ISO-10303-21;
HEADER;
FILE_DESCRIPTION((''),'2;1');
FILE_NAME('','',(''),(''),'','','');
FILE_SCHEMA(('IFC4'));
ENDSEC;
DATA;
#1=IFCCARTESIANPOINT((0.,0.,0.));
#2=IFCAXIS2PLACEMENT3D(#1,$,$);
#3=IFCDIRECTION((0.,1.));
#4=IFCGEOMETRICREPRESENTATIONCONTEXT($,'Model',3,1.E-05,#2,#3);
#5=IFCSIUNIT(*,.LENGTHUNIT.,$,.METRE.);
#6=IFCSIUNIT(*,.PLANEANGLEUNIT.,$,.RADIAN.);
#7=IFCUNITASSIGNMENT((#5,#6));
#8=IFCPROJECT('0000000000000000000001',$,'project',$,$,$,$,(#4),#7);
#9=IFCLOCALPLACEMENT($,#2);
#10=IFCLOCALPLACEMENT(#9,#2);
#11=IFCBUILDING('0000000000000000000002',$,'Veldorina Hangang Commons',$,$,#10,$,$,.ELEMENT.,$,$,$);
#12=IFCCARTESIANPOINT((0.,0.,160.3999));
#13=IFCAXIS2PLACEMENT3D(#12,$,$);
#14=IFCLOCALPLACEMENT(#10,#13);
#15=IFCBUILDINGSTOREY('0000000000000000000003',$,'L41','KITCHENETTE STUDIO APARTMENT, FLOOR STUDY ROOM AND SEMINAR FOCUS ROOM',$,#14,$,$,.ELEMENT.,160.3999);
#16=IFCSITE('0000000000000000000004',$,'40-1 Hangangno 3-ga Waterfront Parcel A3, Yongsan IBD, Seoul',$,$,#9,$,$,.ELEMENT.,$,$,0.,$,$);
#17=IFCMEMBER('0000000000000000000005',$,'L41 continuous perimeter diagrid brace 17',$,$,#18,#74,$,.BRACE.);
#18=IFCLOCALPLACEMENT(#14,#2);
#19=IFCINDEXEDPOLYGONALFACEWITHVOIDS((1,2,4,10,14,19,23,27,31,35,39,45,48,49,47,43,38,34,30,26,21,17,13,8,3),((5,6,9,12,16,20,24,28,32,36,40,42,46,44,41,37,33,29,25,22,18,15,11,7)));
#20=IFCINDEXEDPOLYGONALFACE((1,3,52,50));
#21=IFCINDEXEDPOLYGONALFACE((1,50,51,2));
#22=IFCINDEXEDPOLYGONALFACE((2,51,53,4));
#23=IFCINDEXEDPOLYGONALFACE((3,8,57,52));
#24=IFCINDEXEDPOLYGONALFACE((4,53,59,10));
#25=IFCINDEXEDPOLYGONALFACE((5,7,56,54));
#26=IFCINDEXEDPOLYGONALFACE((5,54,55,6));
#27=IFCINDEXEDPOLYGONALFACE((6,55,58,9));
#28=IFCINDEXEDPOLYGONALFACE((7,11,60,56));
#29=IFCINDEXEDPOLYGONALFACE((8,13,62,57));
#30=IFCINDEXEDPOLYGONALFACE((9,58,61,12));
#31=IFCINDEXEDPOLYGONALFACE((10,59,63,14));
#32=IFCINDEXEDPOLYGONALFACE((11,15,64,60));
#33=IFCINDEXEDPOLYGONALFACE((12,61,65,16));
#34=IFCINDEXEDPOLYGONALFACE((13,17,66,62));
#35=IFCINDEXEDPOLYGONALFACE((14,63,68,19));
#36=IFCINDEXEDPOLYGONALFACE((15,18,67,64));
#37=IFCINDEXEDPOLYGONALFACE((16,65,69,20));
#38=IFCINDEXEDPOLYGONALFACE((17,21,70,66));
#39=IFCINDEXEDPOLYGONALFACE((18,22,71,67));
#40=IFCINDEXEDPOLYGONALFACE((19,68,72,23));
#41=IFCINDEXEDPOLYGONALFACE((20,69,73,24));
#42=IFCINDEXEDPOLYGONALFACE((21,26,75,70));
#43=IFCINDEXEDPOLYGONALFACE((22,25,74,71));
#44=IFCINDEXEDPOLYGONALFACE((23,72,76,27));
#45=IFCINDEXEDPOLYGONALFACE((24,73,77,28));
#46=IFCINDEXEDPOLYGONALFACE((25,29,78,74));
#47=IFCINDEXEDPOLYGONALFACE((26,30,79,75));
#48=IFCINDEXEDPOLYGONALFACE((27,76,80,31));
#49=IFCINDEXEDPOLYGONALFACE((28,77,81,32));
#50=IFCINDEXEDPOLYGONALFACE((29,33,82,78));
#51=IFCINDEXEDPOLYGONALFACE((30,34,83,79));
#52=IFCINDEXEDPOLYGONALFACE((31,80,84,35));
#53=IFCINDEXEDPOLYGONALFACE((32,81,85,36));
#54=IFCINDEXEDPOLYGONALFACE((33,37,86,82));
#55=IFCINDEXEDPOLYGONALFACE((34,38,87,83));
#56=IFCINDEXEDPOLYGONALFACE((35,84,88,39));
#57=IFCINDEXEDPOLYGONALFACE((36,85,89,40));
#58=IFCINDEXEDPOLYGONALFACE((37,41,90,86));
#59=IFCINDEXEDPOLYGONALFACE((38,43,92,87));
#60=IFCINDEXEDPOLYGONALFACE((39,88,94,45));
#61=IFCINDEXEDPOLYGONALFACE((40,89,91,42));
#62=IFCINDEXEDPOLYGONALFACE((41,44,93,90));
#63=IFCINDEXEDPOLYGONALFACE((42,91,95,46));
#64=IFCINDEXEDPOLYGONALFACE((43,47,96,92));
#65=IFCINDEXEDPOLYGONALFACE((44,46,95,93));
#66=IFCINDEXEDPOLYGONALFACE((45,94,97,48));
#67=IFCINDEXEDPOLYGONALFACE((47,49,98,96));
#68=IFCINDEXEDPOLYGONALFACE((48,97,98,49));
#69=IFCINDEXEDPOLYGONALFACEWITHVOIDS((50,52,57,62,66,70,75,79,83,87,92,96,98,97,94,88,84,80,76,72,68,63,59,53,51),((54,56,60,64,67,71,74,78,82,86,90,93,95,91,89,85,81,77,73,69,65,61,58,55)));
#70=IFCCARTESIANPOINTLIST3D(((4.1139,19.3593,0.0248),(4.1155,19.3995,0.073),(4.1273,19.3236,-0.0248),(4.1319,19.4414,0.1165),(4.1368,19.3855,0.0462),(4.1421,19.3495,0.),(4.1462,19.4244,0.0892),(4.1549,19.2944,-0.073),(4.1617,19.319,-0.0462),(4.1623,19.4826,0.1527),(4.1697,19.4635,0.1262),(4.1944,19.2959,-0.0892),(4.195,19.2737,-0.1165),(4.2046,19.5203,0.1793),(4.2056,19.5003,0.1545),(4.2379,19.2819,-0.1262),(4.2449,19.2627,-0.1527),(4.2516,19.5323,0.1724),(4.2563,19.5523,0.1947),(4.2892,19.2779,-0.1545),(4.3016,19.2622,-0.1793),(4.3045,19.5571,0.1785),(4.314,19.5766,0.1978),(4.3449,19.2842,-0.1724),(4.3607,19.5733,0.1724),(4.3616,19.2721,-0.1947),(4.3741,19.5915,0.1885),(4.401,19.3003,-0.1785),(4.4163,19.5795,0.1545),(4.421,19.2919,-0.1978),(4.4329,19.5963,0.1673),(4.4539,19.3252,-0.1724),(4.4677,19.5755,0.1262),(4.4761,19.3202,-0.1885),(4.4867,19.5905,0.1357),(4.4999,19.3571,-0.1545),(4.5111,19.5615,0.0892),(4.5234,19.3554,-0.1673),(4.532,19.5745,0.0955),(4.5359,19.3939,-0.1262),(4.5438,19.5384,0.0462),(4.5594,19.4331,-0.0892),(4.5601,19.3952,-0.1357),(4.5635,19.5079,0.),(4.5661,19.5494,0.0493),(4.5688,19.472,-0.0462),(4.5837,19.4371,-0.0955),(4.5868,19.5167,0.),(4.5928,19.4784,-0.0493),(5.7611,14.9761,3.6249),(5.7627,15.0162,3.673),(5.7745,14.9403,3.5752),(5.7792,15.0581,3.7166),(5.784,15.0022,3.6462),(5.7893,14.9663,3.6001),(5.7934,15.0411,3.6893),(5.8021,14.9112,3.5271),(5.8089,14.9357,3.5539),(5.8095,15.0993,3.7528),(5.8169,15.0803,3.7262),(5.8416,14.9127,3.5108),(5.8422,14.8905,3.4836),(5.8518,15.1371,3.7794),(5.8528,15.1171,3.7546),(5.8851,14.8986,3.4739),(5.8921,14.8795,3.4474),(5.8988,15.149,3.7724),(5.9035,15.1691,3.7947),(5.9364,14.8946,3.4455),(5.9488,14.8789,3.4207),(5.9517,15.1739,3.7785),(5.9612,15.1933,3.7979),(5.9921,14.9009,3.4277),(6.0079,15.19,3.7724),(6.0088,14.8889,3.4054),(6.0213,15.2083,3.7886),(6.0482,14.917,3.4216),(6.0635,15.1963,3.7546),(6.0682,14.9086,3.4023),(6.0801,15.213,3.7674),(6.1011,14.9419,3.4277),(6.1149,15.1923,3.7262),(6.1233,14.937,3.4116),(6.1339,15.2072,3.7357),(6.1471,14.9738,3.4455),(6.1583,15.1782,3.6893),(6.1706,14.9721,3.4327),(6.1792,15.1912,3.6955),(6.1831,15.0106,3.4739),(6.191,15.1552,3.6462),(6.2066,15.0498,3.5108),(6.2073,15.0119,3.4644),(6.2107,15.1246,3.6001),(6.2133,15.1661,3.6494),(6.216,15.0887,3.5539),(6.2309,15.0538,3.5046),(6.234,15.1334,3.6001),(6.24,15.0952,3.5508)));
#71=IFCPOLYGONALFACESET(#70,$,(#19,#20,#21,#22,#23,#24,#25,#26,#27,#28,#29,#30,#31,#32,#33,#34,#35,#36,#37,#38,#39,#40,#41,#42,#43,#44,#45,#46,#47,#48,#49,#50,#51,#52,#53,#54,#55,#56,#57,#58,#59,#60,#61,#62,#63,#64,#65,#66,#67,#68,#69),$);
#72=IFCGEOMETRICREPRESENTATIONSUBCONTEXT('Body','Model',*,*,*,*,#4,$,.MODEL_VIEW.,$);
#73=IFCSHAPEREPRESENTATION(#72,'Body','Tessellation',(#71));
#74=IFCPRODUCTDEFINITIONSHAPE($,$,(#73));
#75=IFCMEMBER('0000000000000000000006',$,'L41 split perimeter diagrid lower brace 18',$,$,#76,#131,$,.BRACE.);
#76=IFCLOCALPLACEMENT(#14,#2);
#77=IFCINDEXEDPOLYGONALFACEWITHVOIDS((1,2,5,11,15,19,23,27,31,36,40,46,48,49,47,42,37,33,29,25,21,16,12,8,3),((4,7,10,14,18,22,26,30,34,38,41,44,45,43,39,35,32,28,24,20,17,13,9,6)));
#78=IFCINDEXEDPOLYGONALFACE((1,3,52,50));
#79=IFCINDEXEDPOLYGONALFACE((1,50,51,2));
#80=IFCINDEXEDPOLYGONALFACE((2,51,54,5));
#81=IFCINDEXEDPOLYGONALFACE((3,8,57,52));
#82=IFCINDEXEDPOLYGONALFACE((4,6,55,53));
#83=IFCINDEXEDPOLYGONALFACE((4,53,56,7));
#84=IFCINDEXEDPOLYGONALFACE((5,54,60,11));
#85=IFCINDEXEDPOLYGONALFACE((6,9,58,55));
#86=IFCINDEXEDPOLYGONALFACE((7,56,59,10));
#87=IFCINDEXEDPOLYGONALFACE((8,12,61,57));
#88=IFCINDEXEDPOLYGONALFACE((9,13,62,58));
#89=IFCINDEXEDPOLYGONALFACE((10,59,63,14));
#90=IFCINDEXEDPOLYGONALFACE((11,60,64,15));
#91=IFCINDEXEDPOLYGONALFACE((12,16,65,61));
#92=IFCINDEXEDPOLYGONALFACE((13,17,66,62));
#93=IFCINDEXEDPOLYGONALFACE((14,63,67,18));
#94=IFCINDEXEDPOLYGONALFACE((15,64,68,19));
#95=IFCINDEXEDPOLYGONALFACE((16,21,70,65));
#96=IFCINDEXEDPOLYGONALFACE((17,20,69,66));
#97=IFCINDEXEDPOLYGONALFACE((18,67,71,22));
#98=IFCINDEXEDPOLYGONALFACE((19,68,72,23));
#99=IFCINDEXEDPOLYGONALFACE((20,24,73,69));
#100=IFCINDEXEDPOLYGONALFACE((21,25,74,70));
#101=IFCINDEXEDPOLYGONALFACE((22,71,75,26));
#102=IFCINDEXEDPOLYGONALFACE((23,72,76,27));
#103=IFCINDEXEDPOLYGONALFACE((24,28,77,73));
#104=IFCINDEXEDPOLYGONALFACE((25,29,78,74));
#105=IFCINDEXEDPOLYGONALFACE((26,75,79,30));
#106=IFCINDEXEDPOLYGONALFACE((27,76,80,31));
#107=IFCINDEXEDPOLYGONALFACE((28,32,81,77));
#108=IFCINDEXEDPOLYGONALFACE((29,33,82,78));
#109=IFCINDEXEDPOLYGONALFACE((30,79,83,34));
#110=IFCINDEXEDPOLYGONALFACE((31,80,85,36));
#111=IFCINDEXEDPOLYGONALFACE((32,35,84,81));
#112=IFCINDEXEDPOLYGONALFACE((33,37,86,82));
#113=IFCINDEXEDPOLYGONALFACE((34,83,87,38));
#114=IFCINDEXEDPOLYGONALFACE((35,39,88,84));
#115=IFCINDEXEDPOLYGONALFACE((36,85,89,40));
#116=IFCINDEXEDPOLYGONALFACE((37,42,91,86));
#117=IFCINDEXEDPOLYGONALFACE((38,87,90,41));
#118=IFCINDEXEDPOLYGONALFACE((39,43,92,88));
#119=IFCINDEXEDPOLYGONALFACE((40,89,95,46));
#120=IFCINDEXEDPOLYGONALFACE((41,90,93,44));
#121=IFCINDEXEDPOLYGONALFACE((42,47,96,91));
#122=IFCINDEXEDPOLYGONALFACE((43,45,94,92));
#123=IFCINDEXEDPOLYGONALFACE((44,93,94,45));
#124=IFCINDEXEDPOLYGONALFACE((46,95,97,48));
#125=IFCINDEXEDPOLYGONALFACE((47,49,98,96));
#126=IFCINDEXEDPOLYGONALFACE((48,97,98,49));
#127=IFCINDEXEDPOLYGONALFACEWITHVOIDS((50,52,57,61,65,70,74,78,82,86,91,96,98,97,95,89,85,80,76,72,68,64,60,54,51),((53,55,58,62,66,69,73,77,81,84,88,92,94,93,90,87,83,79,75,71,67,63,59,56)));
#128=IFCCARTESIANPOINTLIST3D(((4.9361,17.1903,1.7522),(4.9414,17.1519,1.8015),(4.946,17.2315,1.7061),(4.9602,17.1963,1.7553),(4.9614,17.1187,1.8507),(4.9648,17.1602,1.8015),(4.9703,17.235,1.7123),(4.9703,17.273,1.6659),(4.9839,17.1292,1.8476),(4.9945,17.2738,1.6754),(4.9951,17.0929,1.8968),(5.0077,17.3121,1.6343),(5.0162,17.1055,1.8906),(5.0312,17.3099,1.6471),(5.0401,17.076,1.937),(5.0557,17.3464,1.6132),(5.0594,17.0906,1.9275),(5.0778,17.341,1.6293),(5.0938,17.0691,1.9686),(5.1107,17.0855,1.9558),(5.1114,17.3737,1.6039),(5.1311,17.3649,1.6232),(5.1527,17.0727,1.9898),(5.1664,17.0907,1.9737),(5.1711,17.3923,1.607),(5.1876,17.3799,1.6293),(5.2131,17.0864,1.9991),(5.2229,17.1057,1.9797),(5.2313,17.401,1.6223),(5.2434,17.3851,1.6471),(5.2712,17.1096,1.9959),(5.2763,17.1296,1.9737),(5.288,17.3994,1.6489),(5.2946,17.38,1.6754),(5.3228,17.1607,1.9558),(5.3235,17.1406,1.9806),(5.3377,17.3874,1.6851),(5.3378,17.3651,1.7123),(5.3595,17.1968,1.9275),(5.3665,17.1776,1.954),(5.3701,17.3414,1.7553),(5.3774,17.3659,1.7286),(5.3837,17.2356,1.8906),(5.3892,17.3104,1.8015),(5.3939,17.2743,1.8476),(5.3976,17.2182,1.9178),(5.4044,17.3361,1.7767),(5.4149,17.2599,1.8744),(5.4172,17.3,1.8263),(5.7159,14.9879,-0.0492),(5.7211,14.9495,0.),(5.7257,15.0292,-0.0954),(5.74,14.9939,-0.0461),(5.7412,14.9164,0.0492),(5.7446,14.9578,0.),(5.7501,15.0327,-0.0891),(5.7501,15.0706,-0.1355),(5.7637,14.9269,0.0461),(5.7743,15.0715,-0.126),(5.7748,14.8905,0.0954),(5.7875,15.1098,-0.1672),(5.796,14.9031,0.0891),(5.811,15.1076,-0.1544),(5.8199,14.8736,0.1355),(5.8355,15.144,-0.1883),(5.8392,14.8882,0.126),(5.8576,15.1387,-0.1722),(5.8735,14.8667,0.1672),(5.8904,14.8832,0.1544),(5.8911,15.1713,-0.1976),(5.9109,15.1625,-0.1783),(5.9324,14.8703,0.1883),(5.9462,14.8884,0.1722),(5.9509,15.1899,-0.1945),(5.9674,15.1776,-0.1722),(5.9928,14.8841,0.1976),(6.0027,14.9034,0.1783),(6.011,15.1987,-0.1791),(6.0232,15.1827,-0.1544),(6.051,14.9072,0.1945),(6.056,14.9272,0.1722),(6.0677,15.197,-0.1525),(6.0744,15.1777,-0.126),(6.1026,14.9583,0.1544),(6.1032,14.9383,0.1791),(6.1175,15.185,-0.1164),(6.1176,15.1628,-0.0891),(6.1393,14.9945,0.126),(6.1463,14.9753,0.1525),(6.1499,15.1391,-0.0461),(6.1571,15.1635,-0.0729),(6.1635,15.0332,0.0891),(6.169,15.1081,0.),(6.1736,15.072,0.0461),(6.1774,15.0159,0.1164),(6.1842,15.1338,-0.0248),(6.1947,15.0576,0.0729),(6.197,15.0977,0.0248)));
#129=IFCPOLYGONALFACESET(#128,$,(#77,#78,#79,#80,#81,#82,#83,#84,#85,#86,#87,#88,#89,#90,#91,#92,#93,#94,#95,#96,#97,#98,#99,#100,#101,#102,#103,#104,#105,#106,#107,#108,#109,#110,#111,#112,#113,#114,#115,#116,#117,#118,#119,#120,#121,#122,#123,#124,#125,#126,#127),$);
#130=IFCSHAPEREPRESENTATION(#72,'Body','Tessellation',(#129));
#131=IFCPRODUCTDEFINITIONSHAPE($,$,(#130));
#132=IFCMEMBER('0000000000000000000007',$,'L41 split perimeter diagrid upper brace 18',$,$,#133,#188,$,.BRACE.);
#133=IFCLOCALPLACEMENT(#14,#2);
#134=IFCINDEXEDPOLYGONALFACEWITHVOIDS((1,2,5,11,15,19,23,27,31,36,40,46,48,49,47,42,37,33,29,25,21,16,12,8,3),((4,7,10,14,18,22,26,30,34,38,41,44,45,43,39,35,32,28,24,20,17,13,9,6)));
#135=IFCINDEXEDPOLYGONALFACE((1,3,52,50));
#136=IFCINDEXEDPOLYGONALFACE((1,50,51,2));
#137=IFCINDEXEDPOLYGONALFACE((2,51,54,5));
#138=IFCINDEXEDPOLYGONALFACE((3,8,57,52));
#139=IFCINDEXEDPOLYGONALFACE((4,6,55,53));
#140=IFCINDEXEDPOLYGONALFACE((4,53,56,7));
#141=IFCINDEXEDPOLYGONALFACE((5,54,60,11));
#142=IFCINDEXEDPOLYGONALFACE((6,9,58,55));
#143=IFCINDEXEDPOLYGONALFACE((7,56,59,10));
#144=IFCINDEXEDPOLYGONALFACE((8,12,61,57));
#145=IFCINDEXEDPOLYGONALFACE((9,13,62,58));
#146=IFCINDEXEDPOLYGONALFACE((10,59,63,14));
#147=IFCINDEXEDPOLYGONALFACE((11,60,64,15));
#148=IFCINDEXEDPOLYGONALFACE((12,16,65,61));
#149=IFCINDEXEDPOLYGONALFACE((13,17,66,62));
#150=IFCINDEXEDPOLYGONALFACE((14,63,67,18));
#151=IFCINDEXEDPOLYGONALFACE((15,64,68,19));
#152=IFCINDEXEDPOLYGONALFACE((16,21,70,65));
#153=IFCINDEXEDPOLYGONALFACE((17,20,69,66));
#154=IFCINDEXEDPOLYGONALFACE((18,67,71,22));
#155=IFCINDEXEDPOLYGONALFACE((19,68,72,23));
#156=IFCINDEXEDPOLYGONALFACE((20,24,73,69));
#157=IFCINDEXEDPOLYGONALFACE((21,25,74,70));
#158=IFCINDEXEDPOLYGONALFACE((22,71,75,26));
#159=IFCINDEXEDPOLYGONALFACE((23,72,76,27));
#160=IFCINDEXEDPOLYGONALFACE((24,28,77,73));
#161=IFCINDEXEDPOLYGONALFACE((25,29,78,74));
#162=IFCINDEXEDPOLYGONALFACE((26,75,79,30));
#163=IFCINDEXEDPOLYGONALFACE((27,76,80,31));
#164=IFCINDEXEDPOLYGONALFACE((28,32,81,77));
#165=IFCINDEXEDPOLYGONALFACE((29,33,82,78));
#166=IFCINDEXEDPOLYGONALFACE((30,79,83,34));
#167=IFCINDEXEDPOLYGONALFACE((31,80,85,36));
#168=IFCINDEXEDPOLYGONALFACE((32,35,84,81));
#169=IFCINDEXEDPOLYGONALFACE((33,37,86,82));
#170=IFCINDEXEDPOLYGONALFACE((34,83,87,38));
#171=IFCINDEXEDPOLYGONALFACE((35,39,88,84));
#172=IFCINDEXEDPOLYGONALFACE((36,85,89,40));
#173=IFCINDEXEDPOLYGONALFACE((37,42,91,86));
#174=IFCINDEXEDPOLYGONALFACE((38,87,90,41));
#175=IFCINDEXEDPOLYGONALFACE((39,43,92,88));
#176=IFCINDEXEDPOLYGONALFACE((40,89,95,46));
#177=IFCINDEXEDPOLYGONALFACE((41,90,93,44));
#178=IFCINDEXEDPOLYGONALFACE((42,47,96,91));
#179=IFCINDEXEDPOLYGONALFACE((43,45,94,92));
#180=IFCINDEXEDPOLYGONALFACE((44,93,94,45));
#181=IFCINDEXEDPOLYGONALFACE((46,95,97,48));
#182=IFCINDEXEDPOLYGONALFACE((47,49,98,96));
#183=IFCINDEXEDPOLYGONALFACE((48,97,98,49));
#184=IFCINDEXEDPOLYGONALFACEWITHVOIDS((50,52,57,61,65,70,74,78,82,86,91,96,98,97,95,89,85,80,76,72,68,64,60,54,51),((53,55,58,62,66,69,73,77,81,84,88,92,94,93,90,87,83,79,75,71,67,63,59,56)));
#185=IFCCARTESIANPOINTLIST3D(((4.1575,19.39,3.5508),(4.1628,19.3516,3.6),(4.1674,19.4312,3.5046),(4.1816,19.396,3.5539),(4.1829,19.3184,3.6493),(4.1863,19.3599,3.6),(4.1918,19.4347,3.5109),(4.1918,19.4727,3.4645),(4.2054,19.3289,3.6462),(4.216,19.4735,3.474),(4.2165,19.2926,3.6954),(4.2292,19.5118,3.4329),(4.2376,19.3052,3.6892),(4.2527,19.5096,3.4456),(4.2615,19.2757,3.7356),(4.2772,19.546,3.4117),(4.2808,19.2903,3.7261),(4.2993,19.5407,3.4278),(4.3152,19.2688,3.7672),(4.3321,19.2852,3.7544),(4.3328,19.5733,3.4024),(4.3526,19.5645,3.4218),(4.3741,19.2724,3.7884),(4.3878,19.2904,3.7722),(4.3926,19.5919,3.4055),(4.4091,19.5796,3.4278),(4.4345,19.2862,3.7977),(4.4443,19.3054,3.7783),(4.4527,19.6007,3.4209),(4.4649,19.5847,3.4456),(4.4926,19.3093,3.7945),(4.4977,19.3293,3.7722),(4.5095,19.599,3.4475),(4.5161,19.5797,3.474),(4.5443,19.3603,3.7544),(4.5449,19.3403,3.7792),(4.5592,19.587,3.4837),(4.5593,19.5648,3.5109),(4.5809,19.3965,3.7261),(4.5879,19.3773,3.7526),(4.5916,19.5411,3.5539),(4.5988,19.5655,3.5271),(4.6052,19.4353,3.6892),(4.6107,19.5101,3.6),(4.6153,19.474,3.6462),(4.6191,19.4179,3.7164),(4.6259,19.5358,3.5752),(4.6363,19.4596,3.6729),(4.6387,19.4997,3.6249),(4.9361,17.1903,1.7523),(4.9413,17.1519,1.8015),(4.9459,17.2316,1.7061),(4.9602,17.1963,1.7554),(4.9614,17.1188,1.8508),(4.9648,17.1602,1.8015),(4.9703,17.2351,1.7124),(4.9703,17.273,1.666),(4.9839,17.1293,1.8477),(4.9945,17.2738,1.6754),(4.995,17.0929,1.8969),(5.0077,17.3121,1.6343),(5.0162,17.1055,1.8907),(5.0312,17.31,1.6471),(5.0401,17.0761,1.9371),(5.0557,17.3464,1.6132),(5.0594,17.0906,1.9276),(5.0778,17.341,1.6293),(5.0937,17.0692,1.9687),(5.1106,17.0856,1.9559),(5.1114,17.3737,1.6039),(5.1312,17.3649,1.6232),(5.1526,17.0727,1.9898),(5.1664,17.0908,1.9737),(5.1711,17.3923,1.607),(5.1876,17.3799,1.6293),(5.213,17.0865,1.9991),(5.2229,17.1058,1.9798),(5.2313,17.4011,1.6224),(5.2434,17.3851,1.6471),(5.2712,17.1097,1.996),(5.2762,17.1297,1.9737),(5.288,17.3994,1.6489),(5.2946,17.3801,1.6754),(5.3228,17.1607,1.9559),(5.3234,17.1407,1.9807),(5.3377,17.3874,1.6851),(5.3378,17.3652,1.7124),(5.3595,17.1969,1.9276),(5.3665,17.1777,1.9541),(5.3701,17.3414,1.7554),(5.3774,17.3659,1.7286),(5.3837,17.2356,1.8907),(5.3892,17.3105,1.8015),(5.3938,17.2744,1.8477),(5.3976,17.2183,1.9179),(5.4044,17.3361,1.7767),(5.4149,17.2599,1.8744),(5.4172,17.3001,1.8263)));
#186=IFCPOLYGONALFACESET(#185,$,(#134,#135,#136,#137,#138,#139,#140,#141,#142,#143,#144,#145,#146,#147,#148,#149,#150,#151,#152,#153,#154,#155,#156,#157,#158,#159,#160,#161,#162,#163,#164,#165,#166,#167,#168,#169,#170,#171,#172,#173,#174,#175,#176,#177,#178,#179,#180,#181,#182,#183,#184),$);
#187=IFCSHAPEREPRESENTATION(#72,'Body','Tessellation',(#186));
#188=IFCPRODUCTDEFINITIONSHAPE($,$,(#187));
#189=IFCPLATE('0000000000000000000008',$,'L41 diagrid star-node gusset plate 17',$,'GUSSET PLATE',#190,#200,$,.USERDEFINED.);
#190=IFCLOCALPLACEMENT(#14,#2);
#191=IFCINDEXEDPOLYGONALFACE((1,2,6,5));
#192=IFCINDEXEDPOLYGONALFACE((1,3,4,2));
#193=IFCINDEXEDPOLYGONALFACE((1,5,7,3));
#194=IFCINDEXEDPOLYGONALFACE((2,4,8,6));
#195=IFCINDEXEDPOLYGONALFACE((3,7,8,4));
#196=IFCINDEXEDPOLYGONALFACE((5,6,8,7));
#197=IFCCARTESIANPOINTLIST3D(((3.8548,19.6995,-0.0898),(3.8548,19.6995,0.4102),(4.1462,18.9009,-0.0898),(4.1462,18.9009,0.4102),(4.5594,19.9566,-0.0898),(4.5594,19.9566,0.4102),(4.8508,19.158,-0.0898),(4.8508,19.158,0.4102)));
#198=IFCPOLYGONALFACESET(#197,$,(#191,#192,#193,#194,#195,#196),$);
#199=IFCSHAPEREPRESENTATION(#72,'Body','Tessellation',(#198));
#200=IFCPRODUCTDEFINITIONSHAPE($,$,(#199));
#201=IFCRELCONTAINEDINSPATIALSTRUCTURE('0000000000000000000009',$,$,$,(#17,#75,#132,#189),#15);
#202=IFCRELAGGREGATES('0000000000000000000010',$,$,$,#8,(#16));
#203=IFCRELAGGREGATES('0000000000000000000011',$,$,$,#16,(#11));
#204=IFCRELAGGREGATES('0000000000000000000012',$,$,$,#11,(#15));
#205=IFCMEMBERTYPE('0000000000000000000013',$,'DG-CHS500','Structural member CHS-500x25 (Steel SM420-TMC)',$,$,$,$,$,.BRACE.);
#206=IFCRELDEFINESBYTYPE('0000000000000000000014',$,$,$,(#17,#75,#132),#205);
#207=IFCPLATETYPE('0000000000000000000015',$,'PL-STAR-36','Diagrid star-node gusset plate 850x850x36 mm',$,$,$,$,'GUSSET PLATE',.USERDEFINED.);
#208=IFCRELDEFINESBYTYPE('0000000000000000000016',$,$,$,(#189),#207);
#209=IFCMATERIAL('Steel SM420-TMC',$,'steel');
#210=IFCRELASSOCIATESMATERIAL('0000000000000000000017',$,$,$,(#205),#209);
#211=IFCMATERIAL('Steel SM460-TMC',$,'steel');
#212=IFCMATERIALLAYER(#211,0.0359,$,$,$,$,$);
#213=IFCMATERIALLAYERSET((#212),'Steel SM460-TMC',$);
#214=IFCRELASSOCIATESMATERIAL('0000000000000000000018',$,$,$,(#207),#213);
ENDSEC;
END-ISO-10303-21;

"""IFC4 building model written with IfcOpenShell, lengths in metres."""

from ifc_helpers import new_model, si_unit, direction, frame, origin, origin_2d, place, context, subcontext, project, spatial, rectangle, hollow_circle, extrude, material, layer, layer_set, material_profile, profile_set, type_object, element, save


model = new_model("IFC4")

# Units and contexts
model_context = context("Model", 3, precision=1e-05, world=origin(), true_north=direction((0.0, 1.0)))
body_context = subcontext(model_context, "Body", "Model", "MODEL_VIEW")
ifc_project = project(units=[si_unit("LENGTHUNIT", "METRE"), si_unit("PLANEANGLEUNIT", "RADIAN")], contexts=[model_context])

# Site, building, storey
site_placement = place(None, origin())
site = spatial("IfcSite", under=ifc_project, at=site_placement, Name="40-1 Hangangno 3-ga Waterfront Parcel A3, Yongsan IBD, Seoul", CompositionType="ELEMENT", RefElevation=0.0)
building_placement = place(site_placement, origin())
building = spatial("IfcBuilding", under=site, at=building_placement, Name="Veldorina Hangang Commons", CompositionType="ELEMENT")
storey_placement = place(building_placement, frame((0.0, 0.0, 160.3999)))
storey = spatial("IfcBuildingStorey", under=building, at=storey_placement, Name="L41", Description="KITCHENETTE STUDIO APARTMENT, FLOOR STUDY ROOM AND SEMINAR FOCUS ROOM", CompositionType="ELEMENT", Elevation=160.3999)

# Shared definitions
ifc_material_1 = material(Name="Steel SM420-TMC", Category="steel")

# Members
ifc_material_profile_1 = material_profile(ifc_material_1, hollow_circle(Radius=0.25, WallThickness=0.0249, at=origin_2d()), Name="CHS-500x25")
ifc_profile_set_1 = profile_set([ifc_material_profile_1], Name="Steel SM420-TMC")
member_type = type_object("IfcMemberType", Name="DG-CHS500", Description="Structural member CHS-500x25 (Steel SM420-TMC)", PredefinedType="BRACE", material=ifc_profile_set_1)
member_1_placement = place(storey_placement, frame((4.3528, 19.4287, 0.0), z_axis=(0.27888, -0.742108, 0.609509), x_axis=(0.936085, 0.351775, 0.0)))
element("IfcMember", 1, at=member_1_placement, inside=storey, type_object=member_type, Name="L41 continuous perimeter diagrid brace 17", PredefinedType="BRACE", context=body_context, shape_type="SweptSolid", body=[
    extrude(hollow_circle(Radius=0.25, WallThickness=0.0249, at=origin_2d()), origin(), (0.0, 0.0, 1.0), 5.9065),
])
member_2_placement = place(storey_placement, frame((5.9568, 15.033, 0.0), z_axis=(-0.26431, 0.746507, 0.610628), x_axis=(-0.942658, -0.33376, 0.0)))
element("IfcMember", 2, at=member_2_placement, inside=storey, type_object=member_type, Name="L41 split perimeter diagrid lower brace 18", PredefinedType="BRACE", context=body_context, shape_type="SweptSolid", body=[
    extrude(hollow_circle(Radius=0.25, WallThickness=0.0249, at=origin_2d()), origin(), (0.0, 0.0, 1.0), 2.9502),
])
member_3_placement = place(storey_placement, frame((5.177, 17.2354, 1.8015), z_axis=(-0.264265, 0.746639, 0.610487), x_axis=(-0.942694, -0.333657, 0.0)))
element("IfcMember", 3, at=member_3_placement, inside=storey, type_object=member_type, Name="L41 split perimeter diagrid upper brace 18", PredefinedType="BRACE", context=body_context, shape_type="SweptSolid", body=[
    extrude(hollow_circle(Radius=0.25, WallThickness=0.0249, at=origin_2d()), origin(), (0.0, 0.0, 1.0), 2.946),
])

# Plate
ifc_material_2 = material(Name="Steel SM460-TMC", Category="steel")
ifc_layer_1 = layer(ifc_material_2, 0.0359)
ifc_layer_set_1 = layer_set([ifc_layer_1], Name="Steel SM460-TMC")
plate_type = type_object("IfcPlateType", Name="PL-STAR-36", Description="Diagrid star-node gusset plate 850x850x36 mm", ElementType="GUSSET PLATE", PredefinedType="USERDEFINED", material=ifc_layer_set_1)
plate_1_placement = place(storey_placement, frame((4.3528, 19.4287, -0.0898), z_axis=(0.0, 0.0, 1.0), x_axis=(0.342807, -0.939406, 0.0)))
element("IfcPlate", 4, at=plate_1_placement, inside=storey, type_object=plate_type, Name="L41 diagrid star-node gusset plate 17", ObjectType="GUSSET PLATE", PredefinedType="USERDEFINED", context=body_context, shape_type="SweptSolid", body=[
    extrude(rectangle(XDim=0.8501, YDim=0.75, at=origin_2d()), origin(), (0.0, 0.0, 1.0), 0.5),
])

save(model, "model.ifc")
